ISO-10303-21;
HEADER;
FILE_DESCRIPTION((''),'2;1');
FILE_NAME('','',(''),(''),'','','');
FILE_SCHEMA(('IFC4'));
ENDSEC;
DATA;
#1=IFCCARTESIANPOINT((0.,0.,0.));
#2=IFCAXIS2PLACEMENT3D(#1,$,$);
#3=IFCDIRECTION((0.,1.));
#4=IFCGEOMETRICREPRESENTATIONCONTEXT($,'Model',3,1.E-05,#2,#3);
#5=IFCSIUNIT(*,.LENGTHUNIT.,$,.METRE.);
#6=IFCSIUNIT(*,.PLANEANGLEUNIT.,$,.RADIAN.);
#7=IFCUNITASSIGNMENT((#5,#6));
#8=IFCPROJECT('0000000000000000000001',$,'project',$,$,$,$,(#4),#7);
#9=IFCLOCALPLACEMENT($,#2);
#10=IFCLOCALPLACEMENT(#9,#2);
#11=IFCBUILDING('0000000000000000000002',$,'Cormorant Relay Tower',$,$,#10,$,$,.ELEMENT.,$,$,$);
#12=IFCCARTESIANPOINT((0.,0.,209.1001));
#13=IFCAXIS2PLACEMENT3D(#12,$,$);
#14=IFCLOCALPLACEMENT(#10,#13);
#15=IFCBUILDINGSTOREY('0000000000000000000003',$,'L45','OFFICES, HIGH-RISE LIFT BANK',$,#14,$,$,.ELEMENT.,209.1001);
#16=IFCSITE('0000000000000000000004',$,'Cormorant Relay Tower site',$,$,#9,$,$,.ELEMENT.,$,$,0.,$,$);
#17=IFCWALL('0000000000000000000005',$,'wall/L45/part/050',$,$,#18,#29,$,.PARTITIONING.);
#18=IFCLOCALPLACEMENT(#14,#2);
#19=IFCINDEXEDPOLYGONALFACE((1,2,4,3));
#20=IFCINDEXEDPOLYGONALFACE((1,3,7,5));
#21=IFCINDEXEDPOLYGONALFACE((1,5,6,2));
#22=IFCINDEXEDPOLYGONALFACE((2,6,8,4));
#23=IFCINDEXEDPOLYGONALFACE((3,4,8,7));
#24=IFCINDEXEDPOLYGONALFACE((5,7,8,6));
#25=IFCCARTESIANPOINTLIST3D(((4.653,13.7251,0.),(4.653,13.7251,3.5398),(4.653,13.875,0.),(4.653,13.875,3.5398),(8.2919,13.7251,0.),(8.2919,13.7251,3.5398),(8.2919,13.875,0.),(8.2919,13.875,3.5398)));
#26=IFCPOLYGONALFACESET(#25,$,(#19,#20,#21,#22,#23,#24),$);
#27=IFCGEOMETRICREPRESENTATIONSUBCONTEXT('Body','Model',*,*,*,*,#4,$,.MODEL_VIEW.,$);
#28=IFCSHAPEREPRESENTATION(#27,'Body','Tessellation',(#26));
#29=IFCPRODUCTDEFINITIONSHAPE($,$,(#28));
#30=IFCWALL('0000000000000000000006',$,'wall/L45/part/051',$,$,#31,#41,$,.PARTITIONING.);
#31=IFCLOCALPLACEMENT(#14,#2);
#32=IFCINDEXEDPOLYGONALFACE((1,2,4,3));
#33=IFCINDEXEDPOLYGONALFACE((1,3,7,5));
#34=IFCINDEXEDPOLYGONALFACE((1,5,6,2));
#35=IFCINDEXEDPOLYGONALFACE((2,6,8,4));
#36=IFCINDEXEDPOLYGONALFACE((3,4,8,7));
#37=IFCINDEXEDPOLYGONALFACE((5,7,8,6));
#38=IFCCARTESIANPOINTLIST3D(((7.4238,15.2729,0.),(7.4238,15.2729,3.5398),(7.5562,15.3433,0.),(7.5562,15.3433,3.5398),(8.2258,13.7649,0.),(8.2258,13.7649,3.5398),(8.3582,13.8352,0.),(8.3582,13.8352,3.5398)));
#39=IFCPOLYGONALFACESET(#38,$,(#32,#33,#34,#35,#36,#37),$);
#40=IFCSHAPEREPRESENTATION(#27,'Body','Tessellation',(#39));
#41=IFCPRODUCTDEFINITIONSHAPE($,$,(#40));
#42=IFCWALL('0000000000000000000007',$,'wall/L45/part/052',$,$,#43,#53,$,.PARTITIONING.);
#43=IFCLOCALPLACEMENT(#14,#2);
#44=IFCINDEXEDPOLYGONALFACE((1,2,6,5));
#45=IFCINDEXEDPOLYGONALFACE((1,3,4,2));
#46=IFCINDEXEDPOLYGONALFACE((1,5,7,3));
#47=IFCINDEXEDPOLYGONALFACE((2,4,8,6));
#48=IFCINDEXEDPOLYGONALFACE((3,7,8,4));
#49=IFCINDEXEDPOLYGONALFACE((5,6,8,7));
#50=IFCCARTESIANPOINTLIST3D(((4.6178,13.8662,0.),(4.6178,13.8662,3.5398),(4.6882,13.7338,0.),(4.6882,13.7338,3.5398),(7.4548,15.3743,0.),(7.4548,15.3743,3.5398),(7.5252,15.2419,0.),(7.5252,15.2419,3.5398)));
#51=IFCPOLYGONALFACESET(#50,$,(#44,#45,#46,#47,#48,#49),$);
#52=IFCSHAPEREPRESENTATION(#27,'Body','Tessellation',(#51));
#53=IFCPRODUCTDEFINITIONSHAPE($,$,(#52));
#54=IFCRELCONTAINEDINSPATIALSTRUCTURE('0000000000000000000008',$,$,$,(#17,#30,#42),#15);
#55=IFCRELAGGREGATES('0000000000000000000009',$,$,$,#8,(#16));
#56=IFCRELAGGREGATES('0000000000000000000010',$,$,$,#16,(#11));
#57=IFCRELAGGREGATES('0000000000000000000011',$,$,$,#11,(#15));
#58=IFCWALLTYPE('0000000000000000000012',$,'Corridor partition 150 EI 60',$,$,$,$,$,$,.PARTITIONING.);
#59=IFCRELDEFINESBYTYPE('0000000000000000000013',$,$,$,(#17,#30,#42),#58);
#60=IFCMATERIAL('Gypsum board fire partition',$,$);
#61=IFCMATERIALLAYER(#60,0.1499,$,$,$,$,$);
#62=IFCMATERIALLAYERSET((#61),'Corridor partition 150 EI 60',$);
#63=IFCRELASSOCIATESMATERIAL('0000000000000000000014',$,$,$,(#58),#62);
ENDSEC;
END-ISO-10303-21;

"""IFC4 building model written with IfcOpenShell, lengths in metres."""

from ifc_helpers import new_model, si_unit, direction, frame, frame_2d, origin, place, context, subcontext, project, spatial, rectangle, extrude, material, layer, layer_set, type_object, element, save


model = new_model("IFC4")

# Units and contexts
model_context = context("Model", 3, precision=1e-05, world=origin(), true_north=direction((0.0, 1.0)))
body_context = subcontext(model_context, "Body", "Model", "MODEL_VIEW")
ifc_project = project(units=[si_unit("LENGTHUNIT", "METRE"), si_unit("PLANEANGLEUNIT", "RADIAN")], contexts=[model_context])

# Site, building, storey
site_placement = place(None, origin())
site = spatial("IfcSite", under=ifc_project, at=site_placement, Name="Cormorant Relay Tower site", CompositionType="ELEMENT", RefElevation=0.0)
building_placement = place(site_placement, origin())
building = spatial("IfcBuilding", under=site, at=building_placement, Name="Cormorant Relay Tower", CompositionType="ELEMENT")
storey_placement = place(building_placement, frame((0.0, 0.0, 209.1001)))
storey = spatial("IfcBuildingStorey", under=building, at=storey_placement, Name="L45", Description="OFFICES, HIGH-RISE LIFT BANK", CompositionType="ELEMENT", Elevation=209.1001)

# Shared definitions
ifc_material_1 = material(Name="Gypsum board fire partition")
ifc_layer_1 = layer(ifc_material_1, 0.1499)
ifc_layer_set_1 = layer_set([ifc_layer_1], Name="Corridor partition 150 EI 60")
wall_type_1 = type_object("IfcWallType", Name="Corridor partition 150 EI 60", PredefinedType="PARTITIONING", material=ifc_layer_set_1)

# Walls
wall_1_placement = place(storey_placement, frame((4.6531, 13.8, 0.0), z_axis=(0.0, 0.0, 1.0), x_axis=(1.0, 0.0, 0.0)))
element("IfcWall", 1, at=wall_1_placement, inside=storey, type_object=wall_type_1, Name="wall/L45/part/050", PredefinedType="PARTITIONING", context=body_context, shape_type="SweptSolid", body=[
    extrude(rectangle(XDim=3.6389, YDim=0.1499, at=frame_2d((1.8193, 0.0))), origin(), (0.0, 0.0, 1.0), 3.5398),
])
wall_2_placement = place(storey_placement, frame((8.292, 13.8, 0.0), z_axis=(0.0, 0.0, 1.0), x_axis=(-0.469542, 0.88291, 0.0)))
element("IfcWall", 2, at=wall_2_placement, inside=storey, type_object=wall_type_1, Name="wall/L45/part/051", PredefinedType="PARTITIONING", context=body_context, shape_type="SweptSolid", body=[
    extrude(rectangle(XDim=1.708, YDim=0.1499, at=frame_2d((0.854, 0.0))), origin(), (0.0, 0.0, 1.0), 3.5398),
])
wall_3_placement = place(storey_placement, frame((7.49, 15.3081, 0.0), z_axis=(0.0, 0.0, 1.0), x_axis=(-0.882994, -0.469385, 0.0)))
element("IfcWall", 3, at=wall_3_placement, inside=storey, type_object=wall_type_1, Name="wall/L45/part/052", PredefinedType="PARTITIONING", context=body_context, shape_type="SweptSolid", body=[
    extrude(rectangle(XDim=3.2129, YDim=0.1499, at=frame_2d((1.6064, 0.0))), origin(), (0.0, 0.0, 1.0), 3.5398),
])

save(model, "model.ifc")
